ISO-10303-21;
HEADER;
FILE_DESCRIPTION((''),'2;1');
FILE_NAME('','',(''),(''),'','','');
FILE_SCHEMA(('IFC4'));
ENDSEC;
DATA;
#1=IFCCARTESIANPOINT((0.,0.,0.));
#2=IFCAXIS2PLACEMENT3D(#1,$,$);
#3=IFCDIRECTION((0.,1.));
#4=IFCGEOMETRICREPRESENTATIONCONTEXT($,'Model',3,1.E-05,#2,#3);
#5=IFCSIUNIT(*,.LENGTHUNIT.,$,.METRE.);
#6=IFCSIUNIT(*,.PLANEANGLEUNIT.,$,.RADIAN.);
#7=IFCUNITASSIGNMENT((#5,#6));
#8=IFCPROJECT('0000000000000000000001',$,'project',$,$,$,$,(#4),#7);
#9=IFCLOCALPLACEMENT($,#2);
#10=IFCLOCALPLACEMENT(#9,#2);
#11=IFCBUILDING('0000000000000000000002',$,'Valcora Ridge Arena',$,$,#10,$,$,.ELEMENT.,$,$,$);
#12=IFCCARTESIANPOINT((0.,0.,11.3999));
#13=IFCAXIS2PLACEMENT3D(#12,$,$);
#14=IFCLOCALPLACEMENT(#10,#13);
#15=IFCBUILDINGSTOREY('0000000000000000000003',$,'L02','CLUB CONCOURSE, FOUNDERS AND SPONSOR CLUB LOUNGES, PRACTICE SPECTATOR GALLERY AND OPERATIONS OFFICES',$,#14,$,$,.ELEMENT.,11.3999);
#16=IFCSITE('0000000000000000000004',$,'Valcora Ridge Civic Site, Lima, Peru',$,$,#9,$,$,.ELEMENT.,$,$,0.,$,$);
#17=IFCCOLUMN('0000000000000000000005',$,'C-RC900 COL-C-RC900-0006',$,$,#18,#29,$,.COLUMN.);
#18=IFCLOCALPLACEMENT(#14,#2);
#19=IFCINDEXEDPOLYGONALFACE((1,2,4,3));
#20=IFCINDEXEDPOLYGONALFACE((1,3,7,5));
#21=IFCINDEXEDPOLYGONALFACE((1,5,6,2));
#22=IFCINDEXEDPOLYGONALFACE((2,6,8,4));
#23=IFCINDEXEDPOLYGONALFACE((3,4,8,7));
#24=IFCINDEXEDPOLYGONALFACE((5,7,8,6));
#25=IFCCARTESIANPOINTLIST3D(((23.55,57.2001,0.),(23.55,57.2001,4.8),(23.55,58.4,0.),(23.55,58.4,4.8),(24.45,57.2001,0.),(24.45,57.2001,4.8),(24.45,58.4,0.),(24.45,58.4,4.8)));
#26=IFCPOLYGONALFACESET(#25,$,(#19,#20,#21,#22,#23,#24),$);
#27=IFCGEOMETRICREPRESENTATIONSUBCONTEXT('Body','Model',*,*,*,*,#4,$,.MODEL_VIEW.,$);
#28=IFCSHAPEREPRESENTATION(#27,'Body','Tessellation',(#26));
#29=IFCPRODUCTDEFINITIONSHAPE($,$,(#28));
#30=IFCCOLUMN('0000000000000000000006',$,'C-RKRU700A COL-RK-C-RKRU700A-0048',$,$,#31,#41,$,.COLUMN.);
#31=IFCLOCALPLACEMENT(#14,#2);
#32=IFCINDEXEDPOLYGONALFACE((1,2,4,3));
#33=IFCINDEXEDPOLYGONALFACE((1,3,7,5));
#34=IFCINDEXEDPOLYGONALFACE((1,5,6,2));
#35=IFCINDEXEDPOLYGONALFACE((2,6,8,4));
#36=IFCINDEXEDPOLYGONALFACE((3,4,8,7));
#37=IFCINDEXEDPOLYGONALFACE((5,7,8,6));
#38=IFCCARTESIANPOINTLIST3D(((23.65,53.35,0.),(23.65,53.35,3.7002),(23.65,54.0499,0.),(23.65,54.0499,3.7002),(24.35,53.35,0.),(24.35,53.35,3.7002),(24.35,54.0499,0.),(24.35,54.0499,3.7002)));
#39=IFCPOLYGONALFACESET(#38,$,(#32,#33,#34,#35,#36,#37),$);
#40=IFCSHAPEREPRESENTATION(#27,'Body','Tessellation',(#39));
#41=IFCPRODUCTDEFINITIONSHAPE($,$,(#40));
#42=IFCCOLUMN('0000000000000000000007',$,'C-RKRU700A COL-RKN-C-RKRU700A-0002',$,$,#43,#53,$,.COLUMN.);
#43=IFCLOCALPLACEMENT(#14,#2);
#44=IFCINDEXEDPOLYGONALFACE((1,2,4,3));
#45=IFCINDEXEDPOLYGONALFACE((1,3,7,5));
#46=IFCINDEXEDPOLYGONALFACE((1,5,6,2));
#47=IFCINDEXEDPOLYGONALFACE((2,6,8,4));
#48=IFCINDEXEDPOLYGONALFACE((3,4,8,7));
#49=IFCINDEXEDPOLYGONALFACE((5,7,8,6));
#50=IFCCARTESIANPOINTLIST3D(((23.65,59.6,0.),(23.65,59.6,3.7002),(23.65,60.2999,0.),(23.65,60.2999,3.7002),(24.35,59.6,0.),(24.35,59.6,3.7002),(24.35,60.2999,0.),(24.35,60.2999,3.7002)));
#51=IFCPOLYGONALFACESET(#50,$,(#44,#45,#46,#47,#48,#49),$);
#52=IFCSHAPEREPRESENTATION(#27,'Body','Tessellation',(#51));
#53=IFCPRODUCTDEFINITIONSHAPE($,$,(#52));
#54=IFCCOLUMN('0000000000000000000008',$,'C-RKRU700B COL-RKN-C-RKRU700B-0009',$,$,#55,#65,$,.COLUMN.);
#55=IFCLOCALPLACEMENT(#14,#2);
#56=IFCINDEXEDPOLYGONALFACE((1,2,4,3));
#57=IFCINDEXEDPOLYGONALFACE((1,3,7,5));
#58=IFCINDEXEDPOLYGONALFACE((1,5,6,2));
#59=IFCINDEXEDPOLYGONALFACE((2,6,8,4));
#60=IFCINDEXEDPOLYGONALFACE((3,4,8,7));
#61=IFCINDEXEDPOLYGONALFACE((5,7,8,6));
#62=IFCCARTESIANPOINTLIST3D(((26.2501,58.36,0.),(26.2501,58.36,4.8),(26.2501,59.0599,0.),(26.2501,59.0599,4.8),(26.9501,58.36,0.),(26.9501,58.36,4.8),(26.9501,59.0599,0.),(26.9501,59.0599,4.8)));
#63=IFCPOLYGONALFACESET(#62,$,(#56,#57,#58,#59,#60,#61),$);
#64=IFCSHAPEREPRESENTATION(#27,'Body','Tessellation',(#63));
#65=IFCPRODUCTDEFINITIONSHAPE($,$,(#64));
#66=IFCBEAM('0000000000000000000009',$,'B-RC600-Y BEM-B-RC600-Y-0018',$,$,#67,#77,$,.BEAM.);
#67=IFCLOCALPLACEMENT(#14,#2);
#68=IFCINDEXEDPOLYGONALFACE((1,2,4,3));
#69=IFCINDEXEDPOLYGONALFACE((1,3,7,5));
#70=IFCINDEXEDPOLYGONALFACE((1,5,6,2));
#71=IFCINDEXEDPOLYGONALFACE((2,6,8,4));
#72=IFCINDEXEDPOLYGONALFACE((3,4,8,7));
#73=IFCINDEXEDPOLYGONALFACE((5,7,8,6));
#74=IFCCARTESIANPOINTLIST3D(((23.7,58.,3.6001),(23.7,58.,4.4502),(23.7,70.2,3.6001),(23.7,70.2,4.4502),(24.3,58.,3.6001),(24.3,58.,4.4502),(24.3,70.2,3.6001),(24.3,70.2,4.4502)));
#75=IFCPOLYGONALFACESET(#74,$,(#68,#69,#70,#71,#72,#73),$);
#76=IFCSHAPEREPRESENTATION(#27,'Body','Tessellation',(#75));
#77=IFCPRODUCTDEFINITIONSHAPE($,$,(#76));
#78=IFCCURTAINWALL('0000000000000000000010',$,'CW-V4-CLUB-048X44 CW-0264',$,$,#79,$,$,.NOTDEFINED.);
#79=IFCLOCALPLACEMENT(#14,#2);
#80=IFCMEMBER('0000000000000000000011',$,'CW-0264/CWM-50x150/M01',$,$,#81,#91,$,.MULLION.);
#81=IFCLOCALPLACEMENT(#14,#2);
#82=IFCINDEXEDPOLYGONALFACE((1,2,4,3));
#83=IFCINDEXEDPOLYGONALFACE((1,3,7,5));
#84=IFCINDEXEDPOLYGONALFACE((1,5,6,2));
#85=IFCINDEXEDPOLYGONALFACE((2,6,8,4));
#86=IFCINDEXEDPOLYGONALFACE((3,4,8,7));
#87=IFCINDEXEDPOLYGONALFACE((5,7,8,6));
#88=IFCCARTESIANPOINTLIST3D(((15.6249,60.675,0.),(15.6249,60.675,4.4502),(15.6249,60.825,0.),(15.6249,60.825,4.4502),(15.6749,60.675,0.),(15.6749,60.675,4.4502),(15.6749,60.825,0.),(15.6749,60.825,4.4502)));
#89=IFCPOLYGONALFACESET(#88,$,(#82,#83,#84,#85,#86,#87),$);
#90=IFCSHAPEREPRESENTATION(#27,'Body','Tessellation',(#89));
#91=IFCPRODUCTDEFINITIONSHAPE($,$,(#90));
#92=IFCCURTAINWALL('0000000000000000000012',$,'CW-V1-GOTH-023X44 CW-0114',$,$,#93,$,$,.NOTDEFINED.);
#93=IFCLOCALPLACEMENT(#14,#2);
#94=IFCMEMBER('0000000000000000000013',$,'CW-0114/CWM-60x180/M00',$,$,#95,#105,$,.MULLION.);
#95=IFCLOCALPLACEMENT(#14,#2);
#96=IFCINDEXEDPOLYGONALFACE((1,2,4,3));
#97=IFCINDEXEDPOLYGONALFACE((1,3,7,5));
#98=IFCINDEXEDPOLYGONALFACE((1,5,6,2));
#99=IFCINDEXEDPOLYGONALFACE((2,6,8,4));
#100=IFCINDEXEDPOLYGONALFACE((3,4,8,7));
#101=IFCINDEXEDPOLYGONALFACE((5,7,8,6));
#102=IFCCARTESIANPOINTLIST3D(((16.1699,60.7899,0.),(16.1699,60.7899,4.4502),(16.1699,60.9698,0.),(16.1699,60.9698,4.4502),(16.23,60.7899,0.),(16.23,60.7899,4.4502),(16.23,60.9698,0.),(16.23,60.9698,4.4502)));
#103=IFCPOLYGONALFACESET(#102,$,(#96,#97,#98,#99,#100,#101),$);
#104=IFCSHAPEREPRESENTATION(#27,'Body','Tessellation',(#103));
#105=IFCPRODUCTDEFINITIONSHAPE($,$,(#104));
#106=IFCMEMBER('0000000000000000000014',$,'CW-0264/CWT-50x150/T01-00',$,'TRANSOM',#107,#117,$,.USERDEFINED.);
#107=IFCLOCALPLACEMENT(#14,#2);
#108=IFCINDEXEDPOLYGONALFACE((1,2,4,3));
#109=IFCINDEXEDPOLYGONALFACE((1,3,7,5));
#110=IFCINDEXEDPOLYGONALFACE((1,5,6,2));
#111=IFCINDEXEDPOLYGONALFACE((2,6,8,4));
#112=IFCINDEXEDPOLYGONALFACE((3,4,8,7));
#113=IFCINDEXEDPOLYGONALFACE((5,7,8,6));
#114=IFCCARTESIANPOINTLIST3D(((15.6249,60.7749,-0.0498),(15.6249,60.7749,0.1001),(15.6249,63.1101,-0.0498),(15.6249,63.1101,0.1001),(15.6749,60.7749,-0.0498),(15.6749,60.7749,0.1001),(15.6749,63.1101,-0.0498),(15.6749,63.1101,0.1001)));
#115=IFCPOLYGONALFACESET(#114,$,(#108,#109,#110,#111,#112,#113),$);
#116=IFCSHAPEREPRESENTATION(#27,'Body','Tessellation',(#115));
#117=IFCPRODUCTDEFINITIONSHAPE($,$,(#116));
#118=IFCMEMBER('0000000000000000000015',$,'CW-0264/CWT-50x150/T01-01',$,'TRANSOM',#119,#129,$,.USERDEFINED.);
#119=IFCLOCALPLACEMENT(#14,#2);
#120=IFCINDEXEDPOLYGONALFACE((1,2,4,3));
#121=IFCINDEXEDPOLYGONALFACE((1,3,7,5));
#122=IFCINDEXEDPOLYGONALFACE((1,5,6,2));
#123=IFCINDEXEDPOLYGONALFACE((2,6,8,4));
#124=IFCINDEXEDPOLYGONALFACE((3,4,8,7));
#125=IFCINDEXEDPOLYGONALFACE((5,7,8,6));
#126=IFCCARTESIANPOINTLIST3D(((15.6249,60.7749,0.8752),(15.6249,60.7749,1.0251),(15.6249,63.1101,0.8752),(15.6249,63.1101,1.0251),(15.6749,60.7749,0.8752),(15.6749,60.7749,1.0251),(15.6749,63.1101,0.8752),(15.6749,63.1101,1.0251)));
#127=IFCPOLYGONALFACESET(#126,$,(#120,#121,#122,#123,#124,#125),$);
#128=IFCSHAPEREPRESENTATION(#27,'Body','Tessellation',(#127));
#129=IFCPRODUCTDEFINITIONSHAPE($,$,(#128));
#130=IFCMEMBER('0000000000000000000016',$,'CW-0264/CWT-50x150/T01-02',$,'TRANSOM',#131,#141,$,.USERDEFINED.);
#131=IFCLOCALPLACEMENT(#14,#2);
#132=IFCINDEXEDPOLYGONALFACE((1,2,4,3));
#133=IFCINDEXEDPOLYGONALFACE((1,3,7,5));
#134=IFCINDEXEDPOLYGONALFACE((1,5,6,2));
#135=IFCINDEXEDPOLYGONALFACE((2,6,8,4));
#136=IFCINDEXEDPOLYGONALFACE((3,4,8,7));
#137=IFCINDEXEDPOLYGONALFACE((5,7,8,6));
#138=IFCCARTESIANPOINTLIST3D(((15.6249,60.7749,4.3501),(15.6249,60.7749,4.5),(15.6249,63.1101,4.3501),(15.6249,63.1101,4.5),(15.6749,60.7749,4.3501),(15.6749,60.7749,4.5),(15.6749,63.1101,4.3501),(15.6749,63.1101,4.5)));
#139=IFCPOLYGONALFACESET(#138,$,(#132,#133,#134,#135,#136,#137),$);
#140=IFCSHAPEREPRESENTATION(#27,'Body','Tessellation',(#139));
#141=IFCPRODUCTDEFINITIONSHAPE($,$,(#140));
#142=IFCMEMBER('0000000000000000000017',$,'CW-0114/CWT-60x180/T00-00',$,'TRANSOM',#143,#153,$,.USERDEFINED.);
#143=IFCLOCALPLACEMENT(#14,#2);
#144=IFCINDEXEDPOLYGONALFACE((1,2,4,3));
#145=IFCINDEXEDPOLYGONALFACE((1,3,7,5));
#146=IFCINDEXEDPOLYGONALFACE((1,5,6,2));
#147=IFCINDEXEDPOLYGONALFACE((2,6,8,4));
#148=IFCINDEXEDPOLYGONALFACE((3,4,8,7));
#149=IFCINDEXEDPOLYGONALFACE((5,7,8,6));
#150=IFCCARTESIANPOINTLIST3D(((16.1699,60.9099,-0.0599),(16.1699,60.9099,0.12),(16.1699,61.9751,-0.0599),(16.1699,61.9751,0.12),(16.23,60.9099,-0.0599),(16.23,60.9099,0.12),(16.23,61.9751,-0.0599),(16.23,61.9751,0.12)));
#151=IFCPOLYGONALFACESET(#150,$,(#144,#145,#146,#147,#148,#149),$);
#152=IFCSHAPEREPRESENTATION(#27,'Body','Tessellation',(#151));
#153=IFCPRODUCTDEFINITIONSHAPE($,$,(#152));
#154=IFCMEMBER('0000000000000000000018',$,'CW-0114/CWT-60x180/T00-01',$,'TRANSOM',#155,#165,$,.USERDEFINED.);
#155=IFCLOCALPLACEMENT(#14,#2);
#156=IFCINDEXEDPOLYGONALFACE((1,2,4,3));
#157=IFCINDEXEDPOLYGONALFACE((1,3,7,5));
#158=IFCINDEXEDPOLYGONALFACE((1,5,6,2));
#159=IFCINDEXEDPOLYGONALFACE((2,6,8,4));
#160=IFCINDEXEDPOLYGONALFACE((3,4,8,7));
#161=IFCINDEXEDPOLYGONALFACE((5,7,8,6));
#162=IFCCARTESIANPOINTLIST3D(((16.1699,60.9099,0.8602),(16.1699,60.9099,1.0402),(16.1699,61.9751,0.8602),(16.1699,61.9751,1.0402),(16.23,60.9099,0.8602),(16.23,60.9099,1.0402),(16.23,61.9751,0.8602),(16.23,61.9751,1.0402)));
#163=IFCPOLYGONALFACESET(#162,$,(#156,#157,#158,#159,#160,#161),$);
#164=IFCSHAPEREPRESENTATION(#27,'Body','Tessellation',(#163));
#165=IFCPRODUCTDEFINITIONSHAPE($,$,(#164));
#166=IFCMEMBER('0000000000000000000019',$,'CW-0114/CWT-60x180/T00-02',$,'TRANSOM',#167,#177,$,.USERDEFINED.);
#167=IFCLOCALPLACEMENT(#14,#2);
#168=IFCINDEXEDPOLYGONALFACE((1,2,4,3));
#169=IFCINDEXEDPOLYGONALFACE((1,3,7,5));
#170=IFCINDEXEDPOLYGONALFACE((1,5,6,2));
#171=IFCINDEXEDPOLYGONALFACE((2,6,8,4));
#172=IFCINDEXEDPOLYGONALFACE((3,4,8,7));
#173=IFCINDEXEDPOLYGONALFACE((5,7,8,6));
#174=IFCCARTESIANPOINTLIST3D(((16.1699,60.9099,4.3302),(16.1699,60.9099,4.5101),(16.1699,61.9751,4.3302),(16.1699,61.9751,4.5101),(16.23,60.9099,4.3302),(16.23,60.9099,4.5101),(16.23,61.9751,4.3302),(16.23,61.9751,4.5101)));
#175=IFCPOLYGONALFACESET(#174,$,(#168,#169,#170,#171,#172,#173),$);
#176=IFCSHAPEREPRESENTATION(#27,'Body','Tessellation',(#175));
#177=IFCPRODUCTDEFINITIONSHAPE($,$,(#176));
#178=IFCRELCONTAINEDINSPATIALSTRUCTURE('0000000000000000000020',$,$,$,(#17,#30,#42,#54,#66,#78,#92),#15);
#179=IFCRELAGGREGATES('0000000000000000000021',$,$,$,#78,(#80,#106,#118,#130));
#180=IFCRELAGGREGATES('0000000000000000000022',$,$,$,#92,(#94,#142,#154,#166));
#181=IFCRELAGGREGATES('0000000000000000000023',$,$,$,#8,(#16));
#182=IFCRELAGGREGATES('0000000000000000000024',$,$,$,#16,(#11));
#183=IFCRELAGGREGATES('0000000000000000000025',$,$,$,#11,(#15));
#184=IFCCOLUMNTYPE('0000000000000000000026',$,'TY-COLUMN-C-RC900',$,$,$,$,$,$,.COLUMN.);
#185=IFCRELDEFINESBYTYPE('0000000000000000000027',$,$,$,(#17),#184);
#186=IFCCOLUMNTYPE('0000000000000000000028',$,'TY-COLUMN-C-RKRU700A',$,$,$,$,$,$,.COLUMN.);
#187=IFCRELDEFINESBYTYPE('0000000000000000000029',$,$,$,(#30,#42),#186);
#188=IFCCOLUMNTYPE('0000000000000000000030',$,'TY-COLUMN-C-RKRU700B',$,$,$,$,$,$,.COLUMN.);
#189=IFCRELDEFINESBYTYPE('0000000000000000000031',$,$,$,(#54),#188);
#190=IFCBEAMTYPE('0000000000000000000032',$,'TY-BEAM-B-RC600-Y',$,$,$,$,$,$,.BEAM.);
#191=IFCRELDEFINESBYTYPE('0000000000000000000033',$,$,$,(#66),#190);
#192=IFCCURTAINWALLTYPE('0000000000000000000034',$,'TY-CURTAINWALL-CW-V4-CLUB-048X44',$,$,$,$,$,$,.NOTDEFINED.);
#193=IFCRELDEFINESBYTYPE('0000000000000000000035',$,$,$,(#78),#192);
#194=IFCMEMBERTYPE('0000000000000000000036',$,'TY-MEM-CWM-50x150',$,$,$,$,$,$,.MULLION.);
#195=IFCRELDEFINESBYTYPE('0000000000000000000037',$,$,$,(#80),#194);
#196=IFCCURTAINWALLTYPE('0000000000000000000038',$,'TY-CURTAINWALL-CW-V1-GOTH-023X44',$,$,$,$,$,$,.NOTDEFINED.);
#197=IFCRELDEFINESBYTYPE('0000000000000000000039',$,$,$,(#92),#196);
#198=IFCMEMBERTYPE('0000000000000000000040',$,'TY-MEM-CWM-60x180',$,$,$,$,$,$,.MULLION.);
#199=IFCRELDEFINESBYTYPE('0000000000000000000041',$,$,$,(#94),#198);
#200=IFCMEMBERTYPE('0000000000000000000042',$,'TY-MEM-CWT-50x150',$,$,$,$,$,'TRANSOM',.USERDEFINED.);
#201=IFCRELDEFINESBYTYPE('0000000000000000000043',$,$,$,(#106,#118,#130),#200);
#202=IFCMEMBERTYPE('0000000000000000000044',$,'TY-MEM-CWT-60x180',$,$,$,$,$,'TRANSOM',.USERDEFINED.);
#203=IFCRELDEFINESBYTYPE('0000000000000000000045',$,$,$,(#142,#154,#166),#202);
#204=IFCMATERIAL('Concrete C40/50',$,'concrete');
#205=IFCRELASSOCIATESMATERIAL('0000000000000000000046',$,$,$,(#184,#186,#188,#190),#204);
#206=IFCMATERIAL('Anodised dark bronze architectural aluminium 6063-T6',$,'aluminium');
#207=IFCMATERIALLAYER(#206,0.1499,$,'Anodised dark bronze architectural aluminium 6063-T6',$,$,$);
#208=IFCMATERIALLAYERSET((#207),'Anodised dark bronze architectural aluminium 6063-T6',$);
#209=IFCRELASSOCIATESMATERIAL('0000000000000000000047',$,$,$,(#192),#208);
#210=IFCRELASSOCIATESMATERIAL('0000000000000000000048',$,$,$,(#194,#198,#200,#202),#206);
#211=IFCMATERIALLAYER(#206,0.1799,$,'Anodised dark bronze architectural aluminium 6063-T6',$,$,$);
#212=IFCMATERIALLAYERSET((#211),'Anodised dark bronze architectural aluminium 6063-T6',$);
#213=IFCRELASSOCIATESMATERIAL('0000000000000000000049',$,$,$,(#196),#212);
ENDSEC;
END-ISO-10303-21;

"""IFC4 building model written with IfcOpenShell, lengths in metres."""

from ifc_helpers import new_model, si_unit, direction, frame, origin, origin_2d, place, context, subcontext, project, spatial, rectangle, extrude, material, layer, layer_set, material_profile, profile_set, type_object, element, aggregate, save


model = new_model("IFC4")

# Units and contexts
model_context = context("Model", 3, precision=1e-05, world=origin(), true_north=direction((0.0, 1.0)))
body_context = subcontext(model_context, "Body", "Model", "MODEL_VIEW")
ifc_project = project(units=[si_unit("LENGTHUNIT", "METRE"), si_unit("PLANEANGLEUNIT", "RADIAN")], contexts=[model_context])

# Site, building, storey
site_placement = place(None, origin())
site = spatial("IfcSite", under=ifc_project, at=site_placement, Name="Valcora Ridge Civic Site, Lima, Peru", CompositionType="ELEMENT", RefElevation=0.0)
building_placement = place(site_placement, origin())
building = spatial("IfcBuilding", under=site, at=building_placement, Name="Valcora Ridge Arena", CompositionType="ELEMENT")
storey_placement = place(building_placement, frame((0.0, 0.0, 11.3999)))
storey = spatial("IfcBuildingStorey", under=building, at=storey_placement, Name="L02", Description="CLUB CONCOURSE, FOUNDERS AND SPONSOR CLUB LOUNGES, PRACTICE SPECTATOR GALLERY AND OPERATIONS OFFICES", CompositionType="ELEMENT", Elevation=11.3999)

# Columns
ifc_material_1 = material(Name="Concrete C40/50", Category="concrete")
ifc_material_profile_1 = material_profile(ifc_material_1, rectangle(XDim=0.8999, YDim=1.2, at=origin_2d()), Name="RC 900x1200")
ifc_profile_set_1 = profile_set([ifc_material_profile_1], Name="Concrete C40/50")
column_type_1 = type_object("IfcColumnType", Name="TY-COLUMN-C-RC900", PredefinedType="COLUMN", material=ifc_profile_set_1)
column_1_placement = place(storey_placement, frame((24.0, 57.8, 0.0), z_axis=(0.0, 0.0, 1.0), x_axis=(1.0, 0.0, 0.0)))
element("IfcColumn", 1, at=column_1_placement, inside=storey, type_object=column_type_1, Name="C-RC900 COL-C-RC900-0006", PredefinedType="COLUMN", context=body_context, shape_type="SweptSolid", body=[
    extrude(rectangle(XDim=0.8999, YDim=1.2, at=origin_2d()), origin(), (0.0, 0.0, 1.0), 4.8),
])
ifc_material_profile_2 = material_profile(ifc_material_1, rectangle(XDim=0.7, YDim=0.7, at=origin_2d()), Name="RC 700x700")
ifc_profile_set_2 = profile_set([ifc_material_profile_2], Name="Concrete C40/50")
column_type_2 = type_object("IfcColumnType", Name="TY-COLUMN-C-RKRU700A", PredefinedType="COLUMN", material=ifc_profile_set_2)
for number, where, z_axis, x_axis, name in (
    (2, (24.0, 53.7, 0.0), (0.0, 0.0, 1.0), (1.0, 0.0, 0.0), "C-RKRU700A COL-RK-C-RKRU700A-0048"),
    (3, (24.0, 59.95, 0.0), (0.0, 0.0, 1.0), (1.0, 0.0, 0.0), "C-RKRU700A COL-RKN-C-RKRU700A-0002"),
):
    element("IfcColumn", number, at=place(storey_placement, frame(where, z_axis=z_axis, x_axis=x_axis)), inside=storey, type_object=column_type_2, Name=name, PredefinedType="COLUMN", context=body_context, shape_type="SweptSolid", body=[
        extrude(rectangle(XDim=0.7, YDim=0.7, at=origin_2d()), origin(), (0.0, 0.0, 1.0), 3.7002),
    ])
ifc_material_profile_3 = material_profile(ifc_material_1, rectangle(XDim=0.7, YDim=0.7, at=origin_2d()), Name="RC 700x700")
ifc_profile_set_3 = profile_set([ifc_material_profile_3], Name="Concrete C40/50")
column_type_3 = type_object("IfcColumnType", Name="TY-COLUMN-C-RKRU700B", PredefinedType="COLUMN", material=ifc_profile_set_3)
column_2_placement = place(storey_placement, frame((26.6001, 58.71, 0.0), z_axis=(0.0, 0.0, 1.0), x_axis=(1.0, 0.0, 0.0)))
element("IfcColumn", 4, at=column_2_placement, inside=storey, type_object=column_type_3, Name="C-RKRU700B COL-RKN-C-RKRU700B-0009", PredefinedType="COLUMN", context=body_context, shape_type="SweptSolid", body=[
    extrude(rectangle(XDim=0.7, YDim=0.7, at=origin_2d()), origin(), (0.0, 0.0, 1.0), 4.8),
])

# Beam
ifc_material_profile_4 = material_profile(ifc_material_1, rectangle(XDim=0.6001, YDim=0.8501, at=origin_2d()), Name="RC 600x850")
ifc_profile_set_4 = profile_set([ifc_material_profile_4], Name="Concrete C40/50")
beam_type = type_object("IfcBeamType", Name="TY-BEAM-B-RC600-Y", PredefinedType="BEAM", material=ifc_profile_set_4)
beam_placement = place(storey_placement, frame((24.0, 58.0, 4.0251), z_axis=(0.0, 1.0, 0.0), x_axis=(-1.0, 0.0, 0.0)))
element("IfcBeam", 5, at=beam_placement, inside=storey, type_object=beam_type, Name="B-RC600-Y BEM-B-RC600-Y-0018", PredefinedType="BEAM", context=body_context, shape_type="SweptSolid", body=[
    extrude(rectangle(XDim=0.6001, YDim=0.8501, at=origin_2d()), origin(), (0.0, 0.0, 1.0), 12.2),
])

# Curtain walls, members
ifc_material_2 = material(Name="Anodised dark bronze architectural aluminium 6063-T6", Category="aluminium")
ifc_layer_1 = layer(ifc_material_2, 0.1499, Name="Anodised dark bronze architectural aluminium 6063-T6")
ifc_layer_set_1 = layer_set([ifc_layer_1], Name="Anodised dark bronze architectural aluminium 6063-T6")
curtain_wall_type_1 = type_object("IfcCurtainWallType", Name="TY-CURTAINWALL-CW-V4-CLUB-048X44", PredefinedType="NOTDEFINED", material=ifc_layer_set_1)
curtain_wall_1_placement = place(storey_placement, origin())
curtain_wall_1 = element("IfcCurtainWall", 6, at=curtain_wall_1_placement, inside=storey, type_object=curtain_wall_type_1, Name="CW-V4-CLUB-048X44 CW-0264", PredefinedType="NOTDEFINED")
ifc_material_profile_5 = material_profile(ifc_material_2, rectangle(XDim=0.05, YDim=0.1499, at=origin_2d()), Name="ALU MULLION 50x150")
ifc_profile_set_5 = profile_set([ifc_material_profile_5], Name="Anodised dark bronze architectural aluminium 6063-T6")
member_type_1 = type_object("IfcMemberType", Name="TY-MEM-CWM-50x150", PredefinedType="MULLION", material=ifc_profile_set_5)
member_1_placement = place(storey_placement, frame((15.6499, 60.75, 0.0), z_axis=(0.0, 0.0, 1.0), x_axis=(-1.0, 0.0, 0.0)))
member_1 = element("IfcMember", 7, at=member_1_placement, type_object=member_type_1, Name="CW-0264/CWM-50x150/M01", PredefinedType="MULLION", context=body_context, shape_type="SweptSolid", body=[
    extrude(rectangle(XDim=0.05, YDim=0.1499, at=origin_2d()), origin(), (0.0, 0.0, 1.0), 4.4502),
])
ifc_layer_2 = layer(ifc_material_2, 0.1799, Name="Anodised dark bronze architectural aluminium 6063-T6")
ifc_layer_set_2 = layer_set([ifc_layer_2], Name="Anodised dark bronze architectural aluminium 6063-T6")
curtain_wall_type_2 = type_object("IfcCurtainWallType", Name="TY-CURTAINWALL-CW-V1-GOTH-023X44", PredefinedType="NOTDEFINED", material=ifc_layer_set_2)
curtain_wall_2_placement = place(storey_placement, origin())
curtain_wall_2 = element("IfcCurtainWall", 8, at=curtain_wall_2_placement, inside=storey, type_object=curtain_wall_type_2, Name="CW-V1-GOTH-023X44 CW-0114", PredefinedType="NOTDEFINED")
ifc_material_profile_6 = material_profile(ifc_material_2, rectangle(XDim=0.0601, YDim=0.1799, at=origin_2d()), Name="ALU MULLION 60x180")
ifc_profile_set_6 = profile_set([ifc_material_profile_6], Name="Anodised dark bronze architectural aluminium 6063-T6")
member_type_2 = type_object("IfcMemberType", Name="TY-MEM-CWM-60x180", PredefinedType="MULLION", material=ifc_profile_set_6)
member_2_placement = place(storey_placement, frame((16.2, 60.8799, 0.0), z_axis=(0.0, 0.0, 1.0), x_axis=(-1.0, 0.0, 0.0)))
member_2 = element("IfcMember", 9, at=member_2_placement, type_object=member_type_2, Name="CW-0114/CWM-60x180/M00", PredefinedType="MULLION", context=body_context, shape_type="SweptSolid", body=[
    extrude(rectangle(XDim=0.0601, YDim=0.1799, at=origin_2d()), origin(), (0.0, 0.0, 1.0), 4.4502),
])

# Members
ifc_material_profile_7 = material_profile(ifc_material_2, rectangle(XDim=0.05, YDim=0.1499, at=origin_2d()), Name="ALU TRANSOM 50x150")
ifc_profile_set_7 = profile_set([ifc_material_profile_7], Name="Anodised dark bronze architectural aluminium 6063-T6")
member_type_3 = type_object("IfcMemberType", Name="TY-MEM-CWT-50x150", ElementType="TRANSOM", PredefinedType="USERDEFINED", material=ifc_profile_set_7)
member_3_placement = place(storey_placement, frame((15.6499, 60.7749, 0.0251), z_axis=(0.0, 1.0, 0.0), x_axis=(-1.0, 0.0, 0.0)))
member_3 = element("IfcMember", 10, at=member_3_placement, type_object=member_type_3, Name="CW-0264/CWT-50x150/T01-00", ObjectType="TRANSOM", PredefinedType="USERDEFINED", context=body_context, shape_type="SweptSolid", body=[
    extrude(rectangle(XDim=0.05, YDim=0.1499, at=origin_2d()), origin(), (0.0, 0.0, 1.0), 2.3352),
])
member_4_placement = place(storey_placement, frame((15.6499, 60.7749, 0.9502), z_axis=(0.0, 1.0, 0.0), x_axis=(-1.0, 0.0, 0.0)))
member_4 = element("IfcMember", 11, at=member_4_placement, type_object=member_type_3, Name="CW-0264/CWT-50x150/T01-01", ObjectType="TRANSOM", PredefinedType="USERDEFINED", context=body_context, shape_type="SweptSolid", body=[
    extrude(rectangle(XDim=0.05, YDim=0.1499, at=origin_2d()), origin(), (0.0, 0.0, 1.0), 2.3352),
])
member_5_placement = place(storey_placement, frame((15.6499, 60.7749, 4.425), z_axis=(0.0, 1.0, 0.0), x_axis=(-1.0, 0.0, 0.0)))
member_5 = element("IfcMember", 12, at=member_5_placement, type_object=member_type_3, Name="CW-0264/CWT-50x150/T01-02", ObjectType="TRANSOM", PredefinedType="USERDEFINED", context=body_context, shape_type="SweptSolid", body=[
    extrude(rectangle(XDim=0.05, YDim=0.1499, at=origin_2d()), origin(), (0.0, 0.0, 1.0), 2.3352),
])
aggregate(curtain_wall_1, [member_1, member_3, member_4, member_5])
ifc_material_profile_8 = material_profile(ifc_material_2, rectangle(XDim=0.0601, YDim=0.1799, at=origin_2d()), Name="ALU TRANSOM 60x180")
ifc_profile_set_8 = profile_set([ifc_material_profile_8], Name="Anodised dark bronze architectural aluminium 6063-T6")
member_type_4 = type_object("IfcMemberType", Name="TY-MEM-CWT-60x180", ElementType="TRANSOM", PredefinedType="USERDEFINED", material=ifc_profile_set_8)
member_6_placement = place(storey_placement, frame((16.2, 60.9099, 0.03), z_axis=(0.0, 1.0, 0.0), x_axis=(-1.0, 0.0, 0.0)))
member_6 = element("IfcMember", 13, at=member_6_placement, type_object=member_type_4, Name="CW-0114/CWT-60x180/T00-00", ObjectType="TRANSOM", PredefinedType="USERDEFINED", context=body_context, shape_type="SweptSolid", body=[
    extrude(rectangle(XDim=0.0601, YDim=0.1799, at=origin_2d()), origin(), (0.0, 0.0, 1.0), 1.0652),
])
member_7_placement = place(storey_placement, frame((16.2, 60.9099, 0.9502), z_axis=(0.0, 1.0, 0.0), x_axis=(-1.0, 0.0, 0.0)))
member_7 = element("IfcMember", 14, at=member_7_placement, type_object=member_type_4, Name="CW-0114/CWT-60x180/T00-01", ObjectType="TRANSOM", PredefinedType="USERDEFINED", context=body_context, shape_type="SweptSolid", body=[
    extrude(rectangle(XDim=0.0601, YDim=0.1799, at=origin_2d()), origin(), (0.0, 0.0, 1.0), 1.0652),
])
member_8_placement = place(storey_placement, frame((16.2, 60.9099, 4.4202), z_axis=(0.0, 1.0, 0.0), x_axis=(-1.0, 0.0, 0.0)))
member_8 = element("IfcMember", 15, at=member_8_placement, type_object=member_type_4, Name="CW-0114/CWT-60x180/T00-02", ObjectType="TRANSOM", PredefinedType="USERDEFINED", context=body_context, shape_type="SweptSolid", body=[
    extrude(rectangle(XDim=0.0601, YDim=0.1799, at=origin_2d()), origin(), (0.0, 0.0, 1.0), 1.0652),
])

aggregate(curtain_wall_2, [member_2, member_6, member_7, member_8])

save(model, "model.ifc")
